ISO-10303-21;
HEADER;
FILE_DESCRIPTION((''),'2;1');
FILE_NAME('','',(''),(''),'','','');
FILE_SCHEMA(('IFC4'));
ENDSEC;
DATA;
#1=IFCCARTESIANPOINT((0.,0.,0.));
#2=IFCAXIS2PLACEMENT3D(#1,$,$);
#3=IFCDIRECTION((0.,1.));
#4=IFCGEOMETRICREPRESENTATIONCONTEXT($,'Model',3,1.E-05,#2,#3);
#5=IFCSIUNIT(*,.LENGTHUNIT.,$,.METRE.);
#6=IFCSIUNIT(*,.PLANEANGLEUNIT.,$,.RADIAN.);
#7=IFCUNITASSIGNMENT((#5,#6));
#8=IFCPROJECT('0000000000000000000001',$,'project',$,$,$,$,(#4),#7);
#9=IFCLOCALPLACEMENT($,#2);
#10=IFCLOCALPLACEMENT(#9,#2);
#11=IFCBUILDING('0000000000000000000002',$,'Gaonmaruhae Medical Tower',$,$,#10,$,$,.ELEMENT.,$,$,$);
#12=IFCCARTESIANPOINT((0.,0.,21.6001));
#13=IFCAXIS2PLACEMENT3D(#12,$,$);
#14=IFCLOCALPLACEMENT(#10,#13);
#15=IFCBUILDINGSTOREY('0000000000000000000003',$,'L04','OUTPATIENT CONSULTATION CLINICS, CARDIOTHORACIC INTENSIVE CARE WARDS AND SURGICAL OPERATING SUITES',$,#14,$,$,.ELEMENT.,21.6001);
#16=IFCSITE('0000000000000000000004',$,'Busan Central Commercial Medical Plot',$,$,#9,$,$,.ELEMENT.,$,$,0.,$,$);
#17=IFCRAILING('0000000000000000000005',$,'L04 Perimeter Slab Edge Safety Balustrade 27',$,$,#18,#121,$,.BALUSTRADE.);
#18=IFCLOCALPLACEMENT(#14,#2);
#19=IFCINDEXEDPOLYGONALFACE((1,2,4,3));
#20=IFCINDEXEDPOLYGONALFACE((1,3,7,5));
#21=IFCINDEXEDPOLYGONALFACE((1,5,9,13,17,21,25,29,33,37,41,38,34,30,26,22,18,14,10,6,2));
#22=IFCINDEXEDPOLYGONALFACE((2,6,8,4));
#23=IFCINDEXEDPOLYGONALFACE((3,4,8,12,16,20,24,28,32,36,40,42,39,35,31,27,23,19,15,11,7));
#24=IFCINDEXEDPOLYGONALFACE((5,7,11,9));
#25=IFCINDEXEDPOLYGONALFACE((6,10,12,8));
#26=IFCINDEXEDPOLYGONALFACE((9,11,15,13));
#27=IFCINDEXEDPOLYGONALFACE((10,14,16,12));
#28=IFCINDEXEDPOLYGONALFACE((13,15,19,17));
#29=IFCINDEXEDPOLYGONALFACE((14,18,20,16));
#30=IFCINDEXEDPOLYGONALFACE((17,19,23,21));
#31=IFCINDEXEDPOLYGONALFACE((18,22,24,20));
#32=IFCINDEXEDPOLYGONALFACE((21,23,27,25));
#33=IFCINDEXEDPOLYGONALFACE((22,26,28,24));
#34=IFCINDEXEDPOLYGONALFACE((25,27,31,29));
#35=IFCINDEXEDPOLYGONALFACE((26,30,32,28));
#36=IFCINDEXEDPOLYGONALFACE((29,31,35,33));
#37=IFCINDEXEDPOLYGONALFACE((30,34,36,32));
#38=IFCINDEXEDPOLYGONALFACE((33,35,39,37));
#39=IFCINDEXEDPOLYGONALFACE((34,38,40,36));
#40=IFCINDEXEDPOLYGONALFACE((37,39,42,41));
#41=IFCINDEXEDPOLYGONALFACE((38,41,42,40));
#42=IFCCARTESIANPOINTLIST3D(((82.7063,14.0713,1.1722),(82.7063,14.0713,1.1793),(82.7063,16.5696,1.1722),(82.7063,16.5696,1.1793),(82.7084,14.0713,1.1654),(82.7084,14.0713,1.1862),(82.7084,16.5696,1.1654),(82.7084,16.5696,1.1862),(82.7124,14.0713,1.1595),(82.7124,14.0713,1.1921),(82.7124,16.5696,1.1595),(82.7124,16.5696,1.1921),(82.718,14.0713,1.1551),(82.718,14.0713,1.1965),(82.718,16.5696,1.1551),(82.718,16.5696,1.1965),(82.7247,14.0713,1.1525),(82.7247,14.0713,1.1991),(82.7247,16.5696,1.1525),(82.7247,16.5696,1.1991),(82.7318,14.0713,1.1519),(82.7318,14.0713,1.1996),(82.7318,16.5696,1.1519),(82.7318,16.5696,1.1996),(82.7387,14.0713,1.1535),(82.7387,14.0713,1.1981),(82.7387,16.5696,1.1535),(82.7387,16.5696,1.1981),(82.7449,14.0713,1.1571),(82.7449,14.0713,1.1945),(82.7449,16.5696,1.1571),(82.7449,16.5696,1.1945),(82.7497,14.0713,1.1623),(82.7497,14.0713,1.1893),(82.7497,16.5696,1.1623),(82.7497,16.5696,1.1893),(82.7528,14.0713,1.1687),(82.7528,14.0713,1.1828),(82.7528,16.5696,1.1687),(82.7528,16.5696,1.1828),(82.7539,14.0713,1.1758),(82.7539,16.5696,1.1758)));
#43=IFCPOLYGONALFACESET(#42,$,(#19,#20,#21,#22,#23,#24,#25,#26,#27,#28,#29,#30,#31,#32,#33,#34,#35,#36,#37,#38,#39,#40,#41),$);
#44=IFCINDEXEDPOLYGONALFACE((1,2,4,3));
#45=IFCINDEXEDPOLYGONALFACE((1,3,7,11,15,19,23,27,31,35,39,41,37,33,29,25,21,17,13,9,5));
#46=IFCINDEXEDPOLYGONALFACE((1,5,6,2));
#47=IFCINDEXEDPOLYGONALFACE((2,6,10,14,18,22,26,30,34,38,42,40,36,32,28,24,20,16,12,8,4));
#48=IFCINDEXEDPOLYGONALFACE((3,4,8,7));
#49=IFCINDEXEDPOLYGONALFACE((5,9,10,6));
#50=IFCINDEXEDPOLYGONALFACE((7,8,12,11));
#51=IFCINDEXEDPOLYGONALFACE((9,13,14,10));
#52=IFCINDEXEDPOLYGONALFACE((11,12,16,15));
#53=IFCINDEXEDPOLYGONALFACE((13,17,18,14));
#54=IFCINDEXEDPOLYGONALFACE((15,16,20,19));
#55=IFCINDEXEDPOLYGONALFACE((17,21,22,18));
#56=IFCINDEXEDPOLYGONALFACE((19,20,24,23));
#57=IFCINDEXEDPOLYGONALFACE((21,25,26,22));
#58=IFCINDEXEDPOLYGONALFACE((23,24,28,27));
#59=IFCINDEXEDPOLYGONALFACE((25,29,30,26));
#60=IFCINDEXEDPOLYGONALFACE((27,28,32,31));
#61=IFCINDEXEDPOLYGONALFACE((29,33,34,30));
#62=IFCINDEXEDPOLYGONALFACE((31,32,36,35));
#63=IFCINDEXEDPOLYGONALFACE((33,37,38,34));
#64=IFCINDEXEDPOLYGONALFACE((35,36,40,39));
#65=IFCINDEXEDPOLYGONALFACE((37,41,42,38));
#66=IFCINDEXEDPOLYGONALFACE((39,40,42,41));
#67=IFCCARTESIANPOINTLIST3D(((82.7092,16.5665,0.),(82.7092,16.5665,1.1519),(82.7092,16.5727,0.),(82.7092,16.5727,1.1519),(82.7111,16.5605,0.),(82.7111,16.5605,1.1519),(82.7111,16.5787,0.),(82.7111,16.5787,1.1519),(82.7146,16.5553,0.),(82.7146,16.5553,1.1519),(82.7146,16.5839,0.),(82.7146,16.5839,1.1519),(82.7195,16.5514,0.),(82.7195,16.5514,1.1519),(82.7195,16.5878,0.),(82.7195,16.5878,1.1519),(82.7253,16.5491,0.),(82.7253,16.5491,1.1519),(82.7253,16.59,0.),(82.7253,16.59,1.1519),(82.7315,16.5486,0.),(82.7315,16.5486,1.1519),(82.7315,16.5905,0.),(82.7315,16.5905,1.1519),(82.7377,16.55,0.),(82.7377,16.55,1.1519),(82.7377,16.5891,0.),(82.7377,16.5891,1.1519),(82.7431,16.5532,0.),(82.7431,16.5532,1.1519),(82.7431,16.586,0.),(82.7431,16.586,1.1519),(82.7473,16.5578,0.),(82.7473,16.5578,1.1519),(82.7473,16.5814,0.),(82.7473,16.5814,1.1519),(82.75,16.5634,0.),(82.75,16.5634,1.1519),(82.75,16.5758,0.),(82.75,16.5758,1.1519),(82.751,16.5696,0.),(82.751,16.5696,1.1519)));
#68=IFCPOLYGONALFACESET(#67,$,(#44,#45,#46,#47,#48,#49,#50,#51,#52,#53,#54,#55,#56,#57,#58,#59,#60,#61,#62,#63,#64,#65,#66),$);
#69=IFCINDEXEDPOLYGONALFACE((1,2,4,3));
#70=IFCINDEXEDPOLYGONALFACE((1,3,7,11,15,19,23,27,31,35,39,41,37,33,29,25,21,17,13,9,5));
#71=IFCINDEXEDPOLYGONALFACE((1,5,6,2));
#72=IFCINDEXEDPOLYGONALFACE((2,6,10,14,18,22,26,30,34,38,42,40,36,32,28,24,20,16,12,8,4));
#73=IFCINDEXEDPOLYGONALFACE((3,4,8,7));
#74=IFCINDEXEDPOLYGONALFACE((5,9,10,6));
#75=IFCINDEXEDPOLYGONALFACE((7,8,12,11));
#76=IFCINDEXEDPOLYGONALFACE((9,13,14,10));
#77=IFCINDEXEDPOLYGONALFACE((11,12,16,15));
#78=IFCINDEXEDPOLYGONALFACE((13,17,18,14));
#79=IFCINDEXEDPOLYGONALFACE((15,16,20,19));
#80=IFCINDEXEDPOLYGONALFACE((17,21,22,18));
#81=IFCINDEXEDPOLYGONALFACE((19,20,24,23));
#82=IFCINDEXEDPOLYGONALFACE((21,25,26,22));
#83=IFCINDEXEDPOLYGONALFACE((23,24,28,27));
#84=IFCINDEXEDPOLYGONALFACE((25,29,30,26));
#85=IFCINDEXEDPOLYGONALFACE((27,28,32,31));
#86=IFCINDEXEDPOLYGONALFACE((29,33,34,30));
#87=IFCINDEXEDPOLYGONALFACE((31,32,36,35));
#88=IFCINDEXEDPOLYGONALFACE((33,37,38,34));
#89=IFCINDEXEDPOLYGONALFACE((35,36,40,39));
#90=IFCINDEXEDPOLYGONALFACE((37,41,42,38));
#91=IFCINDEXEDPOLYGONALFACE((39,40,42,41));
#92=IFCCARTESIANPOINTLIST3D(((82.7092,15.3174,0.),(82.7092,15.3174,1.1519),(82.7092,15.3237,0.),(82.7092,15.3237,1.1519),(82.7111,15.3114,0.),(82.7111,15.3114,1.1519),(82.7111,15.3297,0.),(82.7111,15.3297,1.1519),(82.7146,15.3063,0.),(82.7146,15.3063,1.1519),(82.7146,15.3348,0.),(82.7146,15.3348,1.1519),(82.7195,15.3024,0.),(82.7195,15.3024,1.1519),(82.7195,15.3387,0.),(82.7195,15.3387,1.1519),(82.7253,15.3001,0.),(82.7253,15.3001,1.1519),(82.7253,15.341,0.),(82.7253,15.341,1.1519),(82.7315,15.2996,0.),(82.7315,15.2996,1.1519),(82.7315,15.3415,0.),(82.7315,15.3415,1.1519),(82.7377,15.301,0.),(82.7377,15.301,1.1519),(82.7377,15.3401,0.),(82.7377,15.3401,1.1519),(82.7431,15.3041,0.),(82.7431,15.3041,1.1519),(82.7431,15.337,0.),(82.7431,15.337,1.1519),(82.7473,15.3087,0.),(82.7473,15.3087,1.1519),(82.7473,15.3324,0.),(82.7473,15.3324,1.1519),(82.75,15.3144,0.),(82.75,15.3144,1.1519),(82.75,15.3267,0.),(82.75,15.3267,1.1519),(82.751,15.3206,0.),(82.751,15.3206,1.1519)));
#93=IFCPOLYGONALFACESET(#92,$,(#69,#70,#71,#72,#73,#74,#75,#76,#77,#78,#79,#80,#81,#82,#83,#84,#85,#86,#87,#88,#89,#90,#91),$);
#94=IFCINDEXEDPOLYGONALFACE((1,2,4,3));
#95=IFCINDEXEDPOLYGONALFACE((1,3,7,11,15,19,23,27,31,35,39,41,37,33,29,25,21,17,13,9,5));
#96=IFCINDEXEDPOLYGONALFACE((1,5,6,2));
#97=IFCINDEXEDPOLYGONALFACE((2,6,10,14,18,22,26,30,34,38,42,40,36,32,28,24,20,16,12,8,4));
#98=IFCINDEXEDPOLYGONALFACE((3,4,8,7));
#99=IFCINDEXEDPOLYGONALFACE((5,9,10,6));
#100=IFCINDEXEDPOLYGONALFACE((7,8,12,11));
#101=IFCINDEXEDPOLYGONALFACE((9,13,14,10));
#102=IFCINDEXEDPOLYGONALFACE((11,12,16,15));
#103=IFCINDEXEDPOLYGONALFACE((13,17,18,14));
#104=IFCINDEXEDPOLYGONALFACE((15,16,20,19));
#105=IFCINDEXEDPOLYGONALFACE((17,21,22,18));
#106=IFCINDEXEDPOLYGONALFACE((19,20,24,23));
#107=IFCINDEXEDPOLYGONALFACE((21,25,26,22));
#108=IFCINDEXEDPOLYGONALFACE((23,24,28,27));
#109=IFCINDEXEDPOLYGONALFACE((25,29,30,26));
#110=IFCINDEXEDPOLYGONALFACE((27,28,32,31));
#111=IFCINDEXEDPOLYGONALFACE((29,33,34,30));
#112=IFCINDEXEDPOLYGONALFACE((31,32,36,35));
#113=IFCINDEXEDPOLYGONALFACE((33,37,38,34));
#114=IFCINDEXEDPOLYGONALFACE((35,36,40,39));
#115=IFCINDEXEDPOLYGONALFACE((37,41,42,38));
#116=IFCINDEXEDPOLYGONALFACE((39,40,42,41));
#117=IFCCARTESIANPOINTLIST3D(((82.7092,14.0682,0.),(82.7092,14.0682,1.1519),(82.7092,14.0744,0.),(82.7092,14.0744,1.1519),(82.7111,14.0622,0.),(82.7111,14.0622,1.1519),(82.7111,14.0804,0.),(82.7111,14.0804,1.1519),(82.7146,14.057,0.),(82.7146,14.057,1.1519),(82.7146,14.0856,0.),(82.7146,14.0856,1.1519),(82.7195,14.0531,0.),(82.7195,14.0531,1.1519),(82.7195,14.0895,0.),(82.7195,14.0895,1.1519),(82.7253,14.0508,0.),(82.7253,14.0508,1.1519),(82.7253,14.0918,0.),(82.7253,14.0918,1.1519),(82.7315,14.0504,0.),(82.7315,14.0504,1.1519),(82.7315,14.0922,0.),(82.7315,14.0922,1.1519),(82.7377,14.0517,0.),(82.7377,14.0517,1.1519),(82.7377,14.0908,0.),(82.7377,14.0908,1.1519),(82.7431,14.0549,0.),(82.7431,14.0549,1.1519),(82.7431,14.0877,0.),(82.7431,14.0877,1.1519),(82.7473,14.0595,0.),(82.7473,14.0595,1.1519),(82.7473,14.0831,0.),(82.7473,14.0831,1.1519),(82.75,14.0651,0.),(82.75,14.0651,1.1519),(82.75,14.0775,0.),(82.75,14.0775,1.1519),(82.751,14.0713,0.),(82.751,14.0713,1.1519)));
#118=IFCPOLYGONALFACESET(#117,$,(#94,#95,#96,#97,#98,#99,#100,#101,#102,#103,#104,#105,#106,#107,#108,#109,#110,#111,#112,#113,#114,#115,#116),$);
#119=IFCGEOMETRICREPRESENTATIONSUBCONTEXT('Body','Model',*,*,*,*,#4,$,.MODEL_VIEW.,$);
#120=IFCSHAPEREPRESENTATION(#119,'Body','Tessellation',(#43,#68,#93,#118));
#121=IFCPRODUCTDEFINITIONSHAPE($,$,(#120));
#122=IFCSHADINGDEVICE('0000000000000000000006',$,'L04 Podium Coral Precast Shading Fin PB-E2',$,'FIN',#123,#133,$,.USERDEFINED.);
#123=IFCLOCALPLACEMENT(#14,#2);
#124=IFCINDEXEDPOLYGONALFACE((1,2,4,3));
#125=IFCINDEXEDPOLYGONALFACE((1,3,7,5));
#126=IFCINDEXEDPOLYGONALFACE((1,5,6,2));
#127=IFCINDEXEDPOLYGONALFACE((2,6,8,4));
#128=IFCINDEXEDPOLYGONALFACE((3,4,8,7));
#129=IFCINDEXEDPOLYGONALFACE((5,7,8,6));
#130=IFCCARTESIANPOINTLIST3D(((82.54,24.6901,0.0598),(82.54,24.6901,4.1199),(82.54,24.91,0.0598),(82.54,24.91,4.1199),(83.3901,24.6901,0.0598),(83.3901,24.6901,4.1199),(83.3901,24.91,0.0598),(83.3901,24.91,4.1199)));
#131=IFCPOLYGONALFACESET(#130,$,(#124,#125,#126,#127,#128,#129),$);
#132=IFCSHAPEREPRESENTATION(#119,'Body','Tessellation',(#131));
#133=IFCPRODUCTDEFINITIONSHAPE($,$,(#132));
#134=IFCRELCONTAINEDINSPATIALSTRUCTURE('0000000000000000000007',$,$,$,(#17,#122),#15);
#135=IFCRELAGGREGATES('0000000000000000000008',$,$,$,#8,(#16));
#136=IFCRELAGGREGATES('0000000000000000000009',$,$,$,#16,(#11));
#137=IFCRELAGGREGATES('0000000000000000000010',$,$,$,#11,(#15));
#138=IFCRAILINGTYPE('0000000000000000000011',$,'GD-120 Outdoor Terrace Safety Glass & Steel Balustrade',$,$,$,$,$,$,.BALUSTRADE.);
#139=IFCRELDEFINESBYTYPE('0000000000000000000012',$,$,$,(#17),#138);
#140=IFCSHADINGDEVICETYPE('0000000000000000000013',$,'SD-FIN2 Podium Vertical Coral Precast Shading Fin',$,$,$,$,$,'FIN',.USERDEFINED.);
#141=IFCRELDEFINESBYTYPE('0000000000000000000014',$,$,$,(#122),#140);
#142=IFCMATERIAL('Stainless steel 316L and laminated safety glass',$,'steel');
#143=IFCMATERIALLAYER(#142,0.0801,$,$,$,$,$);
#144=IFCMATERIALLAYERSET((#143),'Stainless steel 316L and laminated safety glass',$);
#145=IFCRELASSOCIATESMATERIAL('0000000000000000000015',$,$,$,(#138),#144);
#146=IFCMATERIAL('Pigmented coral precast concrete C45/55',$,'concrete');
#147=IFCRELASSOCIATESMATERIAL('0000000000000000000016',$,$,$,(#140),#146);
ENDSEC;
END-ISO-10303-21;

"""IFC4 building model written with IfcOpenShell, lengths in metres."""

from ifc_helpers import new_model, si_unit, direction, frame, origin, origin_2d, place, context, subcontext, project, spatial, rectangle, circle, extrude, material, layer, layer_set, type_object, element, save


model = new_model("IFC4")

# Units and contexts
model_context = context("Model", 3, precision=1e-05, world=origin(), true_north=direction((0.0, 1.0)))
body_context = subcontext(model_context, "Body", "Model", "MODEL_VIEW")
ifc_project = project(units=[si_unit("LENGTHUNIT", "METRE"), si_unit("PLANEANGLEUNIT", "RADIAN")], contexts=[model_context])

# Site, building, storey
site_placement = place(None, origin())
site = spatial("IfcSite", under=ifc_project, at=site_placement, Name="Busan Central Commercial Medical Plot", CompositionType="ELEMENT", RefElevation=0.0)
building_placement = place(site_placement, origin())
building = spatial("IfcBuilding", under=site, at=building_placement, Name="Gaonmaruhae Medical Tower", CompositionType="ELEMENT")
storey_placement = place(building_placement, frame((0.0, 0.0, 21.6001)))
storey = spatial("IfcBuildingStorey", under=building, at=storey_placement, Name="L04", Description="OUTPATIENT CONSULTATION CLINICS, CARDIOTHORACIC INTENSIVE CARE WARDS AND SURGICAL OPERATING SUITES", CompositionType="ELEMENT", Elevation=21.6001)

# Railing
ifc_material_1 = material(Name="Stainless steel 316L and laminated safety glass", Category="steel")
ifc_layer_1 = layer(ifc_material_1, 0.0801)
ifc_layer_set_1 = layer_set([ifc_layer_1], Name="Stainless steel 316L and laminated safety glass")
railing_type = type_object("IfcRailingType", Name="GD-120 Outdoor Terrace Safety Glass & Steel Balustrade", PredefinedType="BALUSTRADE", material=ifc_layer_set_1)
for number, where, name in (
    (1, (82.73, 16.5696, 0.0), "L04 Perimeter Slab Edge Safety Balustrade 27"),
):
    element("IfcRailing", number, at=place(storey_placement, frame(where)), inside=storey, type_object=railing_type, Name=name, PredefinedType="BALUSTRADE", context=body_context, shape_type="SweptSolid", body=[
        extrude(circle(Radius=0.0239, at=origin_2d()), frame((0.0, 0.0, 1.1758), z_axis=(0.0, -1.0, 0.0), x_axis=(1.0, 0.0, 0.0)), (0.0, 0.0, 1.0), 2.4983),
        extrude(circle(Radius=0.021, at=origin_2d()), origin(), (0.0, 0.0, 1.0), 1.1519),
        extrude(circle(Radius=0.021, at=origin_2d()), frame((0.0, -1.249, 0.0)), (0.0, 0.0, 1.0), 1.1519),
        extrude(circle(Radius=0.021, at=origin_2d()), frame((0.0, -2.4983, 0.0)), (0.0, 0.0, 1.0), 1.1519),
    ])

# Shading device
ifc_material_2 = material(Name="Pigmented coral precast concrete C45/55", Category="concrete")
shading_device_type = type_object("IfcShadingDeviceType", Name="SD-FIN2 Podium Vertical Coral Precast Shading Fin", ElementType="FIN", PredefinedType="USERDEFINED", material=ifc_material_2)
shading_device_placement = place(storey_placement, frame((82.9651, 24.8, 0.0598), z_axis=(0.0, 0.0, 1.0), x_axis=(0.0, -1.0, 0.0)))
element("IfcShadingDevice", 2, at=shading_device_placement, inside=storey, type_object=shading_device_type, Name="L04 Podium Coral Precast Shading Fin PB-E2", ObjectType="FIN", PredefinedType="USERDEFINED", context=body_context, shape_type="SweptSolid", body=[
    extrude(rectangle(XDim=0.22, YDim=0.8501, at=origin_2d()), origin(), (0.0, 0.0, 1.0), 4.0601),
])

save(model, "model.ifc")
